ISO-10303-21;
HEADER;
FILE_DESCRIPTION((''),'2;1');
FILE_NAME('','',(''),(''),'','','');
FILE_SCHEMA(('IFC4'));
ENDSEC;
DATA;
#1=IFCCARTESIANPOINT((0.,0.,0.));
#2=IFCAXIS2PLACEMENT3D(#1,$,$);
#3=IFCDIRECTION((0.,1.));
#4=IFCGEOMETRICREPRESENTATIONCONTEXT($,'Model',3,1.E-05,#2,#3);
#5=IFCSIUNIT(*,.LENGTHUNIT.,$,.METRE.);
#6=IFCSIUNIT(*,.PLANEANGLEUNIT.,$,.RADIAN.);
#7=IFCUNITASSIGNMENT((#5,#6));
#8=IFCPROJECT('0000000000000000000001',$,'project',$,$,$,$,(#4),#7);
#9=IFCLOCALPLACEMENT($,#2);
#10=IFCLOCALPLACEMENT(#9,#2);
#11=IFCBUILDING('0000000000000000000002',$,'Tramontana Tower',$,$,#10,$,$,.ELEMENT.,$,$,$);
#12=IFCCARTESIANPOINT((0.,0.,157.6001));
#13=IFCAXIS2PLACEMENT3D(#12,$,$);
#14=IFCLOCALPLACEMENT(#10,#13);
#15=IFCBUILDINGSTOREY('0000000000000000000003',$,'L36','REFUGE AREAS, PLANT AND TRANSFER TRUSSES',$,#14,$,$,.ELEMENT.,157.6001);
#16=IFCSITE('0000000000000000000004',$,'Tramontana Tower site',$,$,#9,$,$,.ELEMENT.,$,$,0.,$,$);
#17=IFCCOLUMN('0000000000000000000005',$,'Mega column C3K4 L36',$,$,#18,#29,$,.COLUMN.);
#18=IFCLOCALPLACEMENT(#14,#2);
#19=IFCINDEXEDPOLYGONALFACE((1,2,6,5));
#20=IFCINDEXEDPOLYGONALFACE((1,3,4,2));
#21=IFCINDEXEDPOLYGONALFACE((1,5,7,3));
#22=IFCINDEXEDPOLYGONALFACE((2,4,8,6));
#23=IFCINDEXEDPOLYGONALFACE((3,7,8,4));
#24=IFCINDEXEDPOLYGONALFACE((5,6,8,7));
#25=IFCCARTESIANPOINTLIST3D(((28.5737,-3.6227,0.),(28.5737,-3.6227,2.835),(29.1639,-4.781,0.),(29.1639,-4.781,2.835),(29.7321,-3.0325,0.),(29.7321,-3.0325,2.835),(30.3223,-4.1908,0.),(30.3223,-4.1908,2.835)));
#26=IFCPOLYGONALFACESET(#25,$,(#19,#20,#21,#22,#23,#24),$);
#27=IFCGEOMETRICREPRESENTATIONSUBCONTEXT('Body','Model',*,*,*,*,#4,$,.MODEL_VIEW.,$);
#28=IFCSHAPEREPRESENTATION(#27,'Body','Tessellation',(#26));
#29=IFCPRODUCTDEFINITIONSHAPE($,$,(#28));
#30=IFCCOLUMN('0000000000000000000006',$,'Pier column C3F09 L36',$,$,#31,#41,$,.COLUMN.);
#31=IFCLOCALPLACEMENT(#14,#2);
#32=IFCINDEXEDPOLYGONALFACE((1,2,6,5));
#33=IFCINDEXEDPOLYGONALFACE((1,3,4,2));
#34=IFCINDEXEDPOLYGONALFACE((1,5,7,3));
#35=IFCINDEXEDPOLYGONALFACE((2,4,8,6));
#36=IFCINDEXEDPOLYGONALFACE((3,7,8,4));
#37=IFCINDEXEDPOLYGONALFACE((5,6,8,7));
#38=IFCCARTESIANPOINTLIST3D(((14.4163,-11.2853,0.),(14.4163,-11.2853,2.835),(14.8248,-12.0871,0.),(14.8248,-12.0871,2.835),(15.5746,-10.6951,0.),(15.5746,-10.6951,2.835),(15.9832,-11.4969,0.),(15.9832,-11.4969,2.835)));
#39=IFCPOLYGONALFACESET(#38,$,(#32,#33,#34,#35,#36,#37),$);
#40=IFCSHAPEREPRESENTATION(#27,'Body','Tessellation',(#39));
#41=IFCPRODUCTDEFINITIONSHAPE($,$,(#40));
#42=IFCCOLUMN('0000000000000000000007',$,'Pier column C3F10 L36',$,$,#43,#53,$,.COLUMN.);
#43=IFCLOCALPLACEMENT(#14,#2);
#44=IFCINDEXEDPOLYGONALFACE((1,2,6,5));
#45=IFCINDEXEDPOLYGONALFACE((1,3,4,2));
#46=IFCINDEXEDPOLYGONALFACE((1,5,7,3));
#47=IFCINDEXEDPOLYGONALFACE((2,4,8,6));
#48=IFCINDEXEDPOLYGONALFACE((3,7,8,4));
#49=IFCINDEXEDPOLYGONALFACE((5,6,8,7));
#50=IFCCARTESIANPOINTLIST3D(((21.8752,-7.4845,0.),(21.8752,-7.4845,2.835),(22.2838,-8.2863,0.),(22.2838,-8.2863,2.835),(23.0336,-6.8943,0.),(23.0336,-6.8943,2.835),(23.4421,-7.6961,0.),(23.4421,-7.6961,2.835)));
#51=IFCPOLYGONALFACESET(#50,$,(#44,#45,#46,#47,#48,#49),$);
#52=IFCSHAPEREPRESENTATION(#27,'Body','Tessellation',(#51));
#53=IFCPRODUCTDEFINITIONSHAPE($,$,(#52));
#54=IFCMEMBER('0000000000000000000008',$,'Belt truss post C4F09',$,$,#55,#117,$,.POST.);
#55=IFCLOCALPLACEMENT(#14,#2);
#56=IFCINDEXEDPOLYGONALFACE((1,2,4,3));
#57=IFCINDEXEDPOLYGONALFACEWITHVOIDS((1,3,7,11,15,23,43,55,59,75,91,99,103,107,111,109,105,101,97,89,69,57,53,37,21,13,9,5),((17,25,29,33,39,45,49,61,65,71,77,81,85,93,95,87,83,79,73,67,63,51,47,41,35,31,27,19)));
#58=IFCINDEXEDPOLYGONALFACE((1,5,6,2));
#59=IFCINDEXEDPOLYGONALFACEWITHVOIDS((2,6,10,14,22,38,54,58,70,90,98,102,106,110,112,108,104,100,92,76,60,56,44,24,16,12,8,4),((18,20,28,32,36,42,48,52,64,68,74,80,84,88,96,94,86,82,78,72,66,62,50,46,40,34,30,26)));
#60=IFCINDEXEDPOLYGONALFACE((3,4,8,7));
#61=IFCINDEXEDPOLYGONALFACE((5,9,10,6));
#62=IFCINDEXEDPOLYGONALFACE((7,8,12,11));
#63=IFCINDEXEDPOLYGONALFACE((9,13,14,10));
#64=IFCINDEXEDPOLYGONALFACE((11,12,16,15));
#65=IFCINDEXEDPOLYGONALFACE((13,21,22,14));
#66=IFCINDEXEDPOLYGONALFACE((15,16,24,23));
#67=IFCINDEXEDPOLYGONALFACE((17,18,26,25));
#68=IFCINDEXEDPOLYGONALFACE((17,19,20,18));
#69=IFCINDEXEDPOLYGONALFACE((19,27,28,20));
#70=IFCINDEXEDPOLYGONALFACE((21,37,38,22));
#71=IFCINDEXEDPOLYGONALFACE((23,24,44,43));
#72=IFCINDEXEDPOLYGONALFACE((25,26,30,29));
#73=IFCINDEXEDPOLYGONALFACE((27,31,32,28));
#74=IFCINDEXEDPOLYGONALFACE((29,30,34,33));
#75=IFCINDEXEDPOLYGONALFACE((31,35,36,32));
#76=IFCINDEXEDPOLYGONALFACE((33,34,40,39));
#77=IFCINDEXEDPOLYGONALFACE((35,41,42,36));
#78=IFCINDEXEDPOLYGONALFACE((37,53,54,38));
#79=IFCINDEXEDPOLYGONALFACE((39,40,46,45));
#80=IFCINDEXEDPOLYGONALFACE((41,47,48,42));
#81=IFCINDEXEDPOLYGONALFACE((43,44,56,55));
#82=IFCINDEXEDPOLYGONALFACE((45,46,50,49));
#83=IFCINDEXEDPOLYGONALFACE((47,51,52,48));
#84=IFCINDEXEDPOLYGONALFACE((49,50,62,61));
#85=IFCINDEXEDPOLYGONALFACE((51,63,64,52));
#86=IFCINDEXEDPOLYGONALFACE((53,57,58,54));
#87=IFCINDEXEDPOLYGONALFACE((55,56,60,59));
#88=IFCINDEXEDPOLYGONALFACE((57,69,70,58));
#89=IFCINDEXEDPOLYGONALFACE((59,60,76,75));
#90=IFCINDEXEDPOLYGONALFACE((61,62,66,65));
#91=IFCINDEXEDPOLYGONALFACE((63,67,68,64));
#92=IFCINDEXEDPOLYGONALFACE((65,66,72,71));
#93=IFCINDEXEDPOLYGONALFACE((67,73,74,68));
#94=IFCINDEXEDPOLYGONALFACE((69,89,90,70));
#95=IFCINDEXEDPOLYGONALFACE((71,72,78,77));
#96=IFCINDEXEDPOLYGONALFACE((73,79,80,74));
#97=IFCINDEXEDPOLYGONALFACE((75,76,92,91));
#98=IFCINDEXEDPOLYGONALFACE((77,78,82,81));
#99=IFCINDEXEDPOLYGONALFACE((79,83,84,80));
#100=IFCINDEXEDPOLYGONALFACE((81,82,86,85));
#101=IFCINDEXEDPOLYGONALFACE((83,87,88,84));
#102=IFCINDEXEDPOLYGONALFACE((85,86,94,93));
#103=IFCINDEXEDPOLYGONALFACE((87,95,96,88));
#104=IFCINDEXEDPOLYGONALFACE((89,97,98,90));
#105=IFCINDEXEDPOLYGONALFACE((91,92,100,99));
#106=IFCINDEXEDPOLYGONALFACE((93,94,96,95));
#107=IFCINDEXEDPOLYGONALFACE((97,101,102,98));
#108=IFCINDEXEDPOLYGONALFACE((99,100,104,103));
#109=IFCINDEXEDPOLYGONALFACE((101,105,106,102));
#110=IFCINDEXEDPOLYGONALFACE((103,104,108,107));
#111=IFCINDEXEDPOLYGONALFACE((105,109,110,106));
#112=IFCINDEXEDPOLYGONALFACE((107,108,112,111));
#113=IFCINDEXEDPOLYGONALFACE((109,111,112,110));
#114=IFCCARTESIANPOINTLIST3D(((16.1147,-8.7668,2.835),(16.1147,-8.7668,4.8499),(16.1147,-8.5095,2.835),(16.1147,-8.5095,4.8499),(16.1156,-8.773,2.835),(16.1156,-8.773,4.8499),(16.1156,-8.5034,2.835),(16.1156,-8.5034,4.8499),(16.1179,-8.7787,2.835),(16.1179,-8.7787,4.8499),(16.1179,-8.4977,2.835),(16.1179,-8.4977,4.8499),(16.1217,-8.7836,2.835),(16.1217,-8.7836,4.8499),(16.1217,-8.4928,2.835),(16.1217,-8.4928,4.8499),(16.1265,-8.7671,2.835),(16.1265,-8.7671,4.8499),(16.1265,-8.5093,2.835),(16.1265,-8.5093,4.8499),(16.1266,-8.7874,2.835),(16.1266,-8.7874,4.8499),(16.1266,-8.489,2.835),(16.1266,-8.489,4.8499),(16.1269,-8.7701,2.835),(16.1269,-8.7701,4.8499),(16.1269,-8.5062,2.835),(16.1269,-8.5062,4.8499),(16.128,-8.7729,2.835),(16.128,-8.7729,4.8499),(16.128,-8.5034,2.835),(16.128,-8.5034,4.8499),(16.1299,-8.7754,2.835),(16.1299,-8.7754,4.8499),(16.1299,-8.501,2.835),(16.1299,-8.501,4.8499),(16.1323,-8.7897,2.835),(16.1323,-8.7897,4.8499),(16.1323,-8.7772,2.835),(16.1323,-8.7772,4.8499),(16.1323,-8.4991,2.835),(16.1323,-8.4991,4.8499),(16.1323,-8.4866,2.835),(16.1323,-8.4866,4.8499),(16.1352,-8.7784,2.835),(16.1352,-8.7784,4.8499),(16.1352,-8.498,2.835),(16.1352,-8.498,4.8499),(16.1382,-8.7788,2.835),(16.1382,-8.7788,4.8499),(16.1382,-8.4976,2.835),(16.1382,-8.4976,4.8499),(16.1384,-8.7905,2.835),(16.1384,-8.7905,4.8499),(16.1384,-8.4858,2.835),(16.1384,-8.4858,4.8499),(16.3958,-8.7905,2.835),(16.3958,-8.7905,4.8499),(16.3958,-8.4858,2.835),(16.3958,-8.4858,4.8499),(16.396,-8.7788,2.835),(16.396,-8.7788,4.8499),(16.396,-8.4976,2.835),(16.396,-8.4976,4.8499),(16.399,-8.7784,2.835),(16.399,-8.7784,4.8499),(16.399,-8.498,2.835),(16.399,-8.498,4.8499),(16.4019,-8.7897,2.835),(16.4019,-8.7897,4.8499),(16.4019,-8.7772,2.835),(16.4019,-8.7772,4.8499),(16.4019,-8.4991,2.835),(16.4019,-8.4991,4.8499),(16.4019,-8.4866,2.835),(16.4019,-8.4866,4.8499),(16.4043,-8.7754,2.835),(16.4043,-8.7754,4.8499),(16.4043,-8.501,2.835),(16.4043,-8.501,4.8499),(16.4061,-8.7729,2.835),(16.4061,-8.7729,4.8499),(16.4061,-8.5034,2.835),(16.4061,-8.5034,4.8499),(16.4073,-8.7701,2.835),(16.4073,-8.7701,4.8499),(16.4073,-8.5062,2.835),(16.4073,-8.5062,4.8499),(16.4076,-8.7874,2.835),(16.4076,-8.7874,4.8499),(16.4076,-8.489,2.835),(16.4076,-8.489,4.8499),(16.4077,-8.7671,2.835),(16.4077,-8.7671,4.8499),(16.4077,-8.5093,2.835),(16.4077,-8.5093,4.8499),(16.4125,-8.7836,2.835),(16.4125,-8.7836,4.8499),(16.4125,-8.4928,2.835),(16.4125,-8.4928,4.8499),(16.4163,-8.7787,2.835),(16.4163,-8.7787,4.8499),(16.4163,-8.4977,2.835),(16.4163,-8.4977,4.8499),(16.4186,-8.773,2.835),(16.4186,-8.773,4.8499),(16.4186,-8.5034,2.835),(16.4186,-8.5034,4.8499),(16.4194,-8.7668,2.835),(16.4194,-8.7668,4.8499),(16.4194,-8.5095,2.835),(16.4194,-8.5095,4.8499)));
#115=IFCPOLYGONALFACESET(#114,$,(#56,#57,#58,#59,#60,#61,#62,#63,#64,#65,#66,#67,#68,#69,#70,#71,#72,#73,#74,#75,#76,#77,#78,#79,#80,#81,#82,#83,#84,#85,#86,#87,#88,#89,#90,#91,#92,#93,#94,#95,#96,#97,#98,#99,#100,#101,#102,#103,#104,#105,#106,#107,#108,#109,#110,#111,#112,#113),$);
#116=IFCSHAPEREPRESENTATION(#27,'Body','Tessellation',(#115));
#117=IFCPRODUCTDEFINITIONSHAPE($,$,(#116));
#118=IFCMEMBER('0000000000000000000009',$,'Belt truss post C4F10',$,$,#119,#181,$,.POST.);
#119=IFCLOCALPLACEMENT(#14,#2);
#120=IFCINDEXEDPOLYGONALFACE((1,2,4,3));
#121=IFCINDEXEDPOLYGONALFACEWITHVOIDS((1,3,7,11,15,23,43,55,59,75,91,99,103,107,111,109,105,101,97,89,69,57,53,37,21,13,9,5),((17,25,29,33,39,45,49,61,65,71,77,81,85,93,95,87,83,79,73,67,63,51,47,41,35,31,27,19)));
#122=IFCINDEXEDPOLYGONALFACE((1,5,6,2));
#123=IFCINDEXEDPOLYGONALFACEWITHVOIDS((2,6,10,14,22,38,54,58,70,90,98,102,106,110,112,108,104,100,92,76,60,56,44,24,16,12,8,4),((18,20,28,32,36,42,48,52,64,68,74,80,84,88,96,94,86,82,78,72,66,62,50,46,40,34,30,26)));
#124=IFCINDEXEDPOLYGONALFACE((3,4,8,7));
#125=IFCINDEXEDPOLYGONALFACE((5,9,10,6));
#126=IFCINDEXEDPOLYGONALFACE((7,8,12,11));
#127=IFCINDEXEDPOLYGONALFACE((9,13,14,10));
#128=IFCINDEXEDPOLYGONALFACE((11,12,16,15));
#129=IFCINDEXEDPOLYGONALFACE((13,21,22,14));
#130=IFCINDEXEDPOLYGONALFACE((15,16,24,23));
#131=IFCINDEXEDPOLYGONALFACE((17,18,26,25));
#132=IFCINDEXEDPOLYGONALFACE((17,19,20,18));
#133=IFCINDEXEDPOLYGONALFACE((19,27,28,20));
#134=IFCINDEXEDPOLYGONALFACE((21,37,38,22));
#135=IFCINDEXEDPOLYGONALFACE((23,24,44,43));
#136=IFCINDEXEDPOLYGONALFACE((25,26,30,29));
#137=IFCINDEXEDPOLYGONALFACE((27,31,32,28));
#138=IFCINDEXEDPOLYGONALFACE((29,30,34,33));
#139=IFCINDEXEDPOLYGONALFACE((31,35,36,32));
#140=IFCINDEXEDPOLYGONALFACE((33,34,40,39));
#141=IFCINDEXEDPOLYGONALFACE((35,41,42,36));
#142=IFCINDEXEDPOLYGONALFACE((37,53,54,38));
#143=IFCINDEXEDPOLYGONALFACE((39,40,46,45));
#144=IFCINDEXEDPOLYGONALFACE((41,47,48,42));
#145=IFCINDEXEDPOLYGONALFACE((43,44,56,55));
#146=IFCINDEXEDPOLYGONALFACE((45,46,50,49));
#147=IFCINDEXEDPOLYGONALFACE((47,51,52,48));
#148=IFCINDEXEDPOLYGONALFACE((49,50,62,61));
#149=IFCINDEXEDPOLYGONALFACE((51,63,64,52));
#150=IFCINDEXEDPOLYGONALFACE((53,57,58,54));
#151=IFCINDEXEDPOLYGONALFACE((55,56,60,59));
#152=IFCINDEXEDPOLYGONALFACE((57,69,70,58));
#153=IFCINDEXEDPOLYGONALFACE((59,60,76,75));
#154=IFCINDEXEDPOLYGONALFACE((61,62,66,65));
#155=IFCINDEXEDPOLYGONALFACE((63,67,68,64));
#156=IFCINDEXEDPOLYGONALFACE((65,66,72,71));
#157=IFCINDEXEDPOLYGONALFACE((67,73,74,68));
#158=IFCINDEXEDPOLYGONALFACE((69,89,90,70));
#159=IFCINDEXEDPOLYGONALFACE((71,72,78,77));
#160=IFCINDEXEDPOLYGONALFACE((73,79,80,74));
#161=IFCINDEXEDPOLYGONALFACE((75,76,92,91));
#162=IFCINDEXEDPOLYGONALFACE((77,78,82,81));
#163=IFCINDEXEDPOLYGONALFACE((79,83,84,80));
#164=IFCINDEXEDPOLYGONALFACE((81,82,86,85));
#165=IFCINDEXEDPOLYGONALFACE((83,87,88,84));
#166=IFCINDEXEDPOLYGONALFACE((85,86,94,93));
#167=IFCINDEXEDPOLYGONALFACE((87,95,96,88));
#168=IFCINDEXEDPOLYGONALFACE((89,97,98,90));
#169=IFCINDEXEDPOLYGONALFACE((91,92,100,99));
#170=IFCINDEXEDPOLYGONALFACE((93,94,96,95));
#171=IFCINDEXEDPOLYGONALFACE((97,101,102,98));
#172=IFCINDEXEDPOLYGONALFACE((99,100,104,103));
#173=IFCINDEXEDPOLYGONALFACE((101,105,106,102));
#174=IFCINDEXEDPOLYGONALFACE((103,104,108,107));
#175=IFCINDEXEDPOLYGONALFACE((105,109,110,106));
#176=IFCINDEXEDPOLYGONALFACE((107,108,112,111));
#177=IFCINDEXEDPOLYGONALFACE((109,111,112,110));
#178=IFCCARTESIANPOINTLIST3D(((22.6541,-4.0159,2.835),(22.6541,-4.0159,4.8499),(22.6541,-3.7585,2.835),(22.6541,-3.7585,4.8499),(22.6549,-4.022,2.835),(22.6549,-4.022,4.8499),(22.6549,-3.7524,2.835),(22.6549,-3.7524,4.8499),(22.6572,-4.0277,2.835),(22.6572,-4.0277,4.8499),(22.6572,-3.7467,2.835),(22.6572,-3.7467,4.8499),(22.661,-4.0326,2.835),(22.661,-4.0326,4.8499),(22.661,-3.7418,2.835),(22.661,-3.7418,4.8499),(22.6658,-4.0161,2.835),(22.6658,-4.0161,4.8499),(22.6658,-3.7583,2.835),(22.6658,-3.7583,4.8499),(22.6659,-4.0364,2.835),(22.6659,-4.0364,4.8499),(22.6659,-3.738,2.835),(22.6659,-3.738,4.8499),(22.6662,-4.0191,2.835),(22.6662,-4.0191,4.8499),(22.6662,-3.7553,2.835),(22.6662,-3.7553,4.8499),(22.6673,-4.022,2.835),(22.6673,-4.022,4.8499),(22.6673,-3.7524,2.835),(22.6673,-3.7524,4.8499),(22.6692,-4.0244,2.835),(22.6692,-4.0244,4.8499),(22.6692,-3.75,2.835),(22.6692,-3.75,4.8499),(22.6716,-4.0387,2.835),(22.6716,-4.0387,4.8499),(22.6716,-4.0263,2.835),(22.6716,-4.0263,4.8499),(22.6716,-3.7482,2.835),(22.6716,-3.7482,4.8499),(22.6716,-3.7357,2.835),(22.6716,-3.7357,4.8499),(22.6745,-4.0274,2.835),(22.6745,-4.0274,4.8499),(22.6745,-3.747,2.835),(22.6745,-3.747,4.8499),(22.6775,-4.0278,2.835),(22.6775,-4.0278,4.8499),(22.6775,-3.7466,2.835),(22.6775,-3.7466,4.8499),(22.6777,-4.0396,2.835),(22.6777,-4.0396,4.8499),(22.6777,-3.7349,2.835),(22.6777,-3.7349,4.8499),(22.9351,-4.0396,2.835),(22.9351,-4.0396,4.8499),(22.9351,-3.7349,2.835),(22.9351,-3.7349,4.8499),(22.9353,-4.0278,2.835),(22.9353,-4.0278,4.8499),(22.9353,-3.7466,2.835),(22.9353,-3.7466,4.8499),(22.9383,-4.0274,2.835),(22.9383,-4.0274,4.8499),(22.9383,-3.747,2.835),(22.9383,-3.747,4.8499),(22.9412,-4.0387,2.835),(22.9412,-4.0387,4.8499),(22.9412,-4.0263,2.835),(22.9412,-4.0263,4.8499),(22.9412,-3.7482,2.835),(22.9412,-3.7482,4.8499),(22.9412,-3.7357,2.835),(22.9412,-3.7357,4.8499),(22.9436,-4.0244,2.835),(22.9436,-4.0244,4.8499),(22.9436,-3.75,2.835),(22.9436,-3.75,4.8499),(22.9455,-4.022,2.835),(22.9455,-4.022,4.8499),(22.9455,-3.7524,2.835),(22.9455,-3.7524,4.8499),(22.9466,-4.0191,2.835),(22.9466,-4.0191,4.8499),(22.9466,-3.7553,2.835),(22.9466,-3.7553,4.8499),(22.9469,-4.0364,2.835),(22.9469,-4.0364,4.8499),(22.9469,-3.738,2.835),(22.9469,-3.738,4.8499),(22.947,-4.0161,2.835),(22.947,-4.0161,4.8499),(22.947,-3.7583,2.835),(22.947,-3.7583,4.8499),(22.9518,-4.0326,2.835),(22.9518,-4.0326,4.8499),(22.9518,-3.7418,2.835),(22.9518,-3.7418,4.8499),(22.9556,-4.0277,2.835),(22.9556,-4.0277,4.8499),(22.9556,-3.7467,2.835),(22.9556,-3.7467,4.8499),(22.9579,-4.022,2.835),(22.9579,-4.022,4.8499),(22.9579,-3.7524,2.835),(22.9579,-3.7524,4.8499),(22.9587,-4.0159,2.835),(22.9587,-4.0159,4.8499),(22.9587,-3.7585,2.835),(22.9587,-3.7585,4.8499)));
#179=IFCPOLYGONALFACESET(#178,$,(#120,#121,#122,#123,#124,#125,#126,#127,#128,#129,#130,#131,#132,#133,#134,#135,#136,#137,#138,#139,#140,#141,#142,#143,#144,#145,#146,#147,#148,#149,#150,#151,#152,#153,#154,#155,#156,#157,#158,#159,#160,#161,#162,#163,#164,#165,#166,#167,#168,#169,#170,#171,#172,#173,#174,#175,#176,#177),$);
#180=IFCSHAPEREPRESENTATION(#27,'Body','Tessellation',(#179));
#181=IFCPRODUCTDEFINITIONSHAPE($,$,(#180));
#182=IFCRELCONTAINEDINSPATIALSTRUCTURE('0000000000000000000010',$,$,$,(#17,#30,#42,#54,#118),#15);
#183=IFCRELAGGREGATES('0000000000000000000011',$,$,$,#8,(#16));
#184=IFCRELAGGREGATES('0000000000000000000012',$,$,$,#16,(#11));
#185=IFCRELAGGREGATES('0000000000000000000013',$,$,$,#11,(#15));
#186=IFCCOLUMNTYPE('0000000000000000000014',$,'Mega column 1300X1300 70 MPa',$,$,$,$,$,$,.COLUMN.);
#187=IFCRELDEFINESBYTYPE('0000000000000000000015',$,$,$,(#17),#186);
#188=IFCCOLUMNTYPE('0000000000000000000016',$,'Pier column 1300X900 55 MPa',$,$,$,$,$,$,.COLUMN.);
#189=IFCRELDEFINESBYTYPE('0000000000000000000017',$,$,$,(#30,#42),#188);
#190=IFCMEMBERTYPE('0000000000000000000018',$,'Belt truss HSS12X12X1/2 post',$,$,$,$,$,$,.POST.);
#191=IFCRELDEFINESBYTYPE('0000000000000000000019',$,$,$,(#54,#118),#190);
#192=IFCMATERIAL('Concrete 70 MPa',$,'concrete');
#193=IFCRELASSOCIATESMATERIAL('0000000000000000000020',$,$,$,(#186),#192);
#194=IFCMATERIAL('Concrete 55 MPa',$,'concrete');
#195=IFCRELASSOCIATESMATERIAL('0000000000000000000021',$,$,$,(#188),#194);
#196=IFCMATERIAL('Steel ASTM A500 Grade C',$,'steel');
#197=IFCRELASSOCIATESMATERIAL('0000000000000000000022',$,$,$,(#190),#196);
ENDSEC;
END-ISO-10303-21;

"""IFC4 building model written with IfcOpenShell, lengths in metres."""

from ifc_helpers import new_model, si_unit, direction, frame, origin, origin_2d, place, context, subcontext, project, spatial, rectangle, hollow_rectangle, extrude, material, material_profile, profile_set, type_object, element, save


model = new_model("IFC4")

# Units and contexts
model_context = context("Model", 3, precision=1e-05, world=origin(), true_north=direction((0.0, 1.0)))
body_context = subcontext(model_context, "Body", "Model", "MODEL_VIEW")
ifc_project = project(units=[si_unit("LENGTHUNIT", "METRE"), si_unit("PLANEANGLEUNIT", "RADIAN")], contexts=[model_context])

# Site, building, storey
site_placement = place(None, origin())
site = spatial("IfcSite", under=ifc_project, at=site_placement, Name="Tramontana Tower site", CompositionType="ELEMENT", RefElevation=0.0)
building_placement = place(site_placement, origin())
building = spatial("IfcBuilding", under=site, at=building_placement, Name="Tramontana Tower", CompositionType="ELEMENT")
storey_placement = place(building_placement, frame((0.0, 0.0, 157.6001)))
storey = spatial("IfcBuildingStorey", under=building, at=storey_placement, Name="L36", Description="REFUGE AREAS, PLANT AND TRANSFER TRUSSES", CompositionType="ELEMENT", Elevation=157.6001)

# Columns
ifc_material_1 = material(Name="Concrete 70 MPa", Category="concrete")
ifc_material_profile_1 = material_profile(ifc_material_1, rectangle(XDim=1.3, YDim=1.3, at=origin_2d()), Name="Mega column 1300X1300 70 MPa")
ifc_profile_set_1 = profile_set([ifc_material_profile_1], Name="Concrete 70 MPa")
column_type_1 = type_object("IfcColumnType", Name="Mega column 1300X1300 70 MPa", PredefinedType="COLUMN", material=ifc_profile_set_1)
column_placement = place(storey_placement, frame((29.448, -3.9067, 0.0), z_axis=(0.0, 0.0, 1.0), x_axis=(0.891007, 0.45399, 0.0)))
element("IfcColumn", 1, at=column_placement, inside=storey, type_object=column_type_1, Name="Mega column C3K4 L36", PredefinedType="COLUMN", context=body_context, shape_type="SweptSolid", body=[
    extrude(rectangle(XDim=1.3, YDim=1.3, at=origin_2d()), origin(), (0.0, 0.0, 1.0), 2.835),
])
ifc_material_2 = material(Name="Concrete 55 MPa", Category="concrete")
ifc_material_profile_2 = material_profile(ifc_material_2, rectangle(XDim=1.3, YDim=0.8999, at=origin_2d()), Name="Pier column 1300X900 55 MPa")
ifc_profile_set_2 = profile_set([ifc_material_profile_2], Name="Concrete 55 MPa")
column_type_2 = type_object("IfcColumnType", Name="Pier column 1300X900 55 MPa", PredefinedType="COLUMN", material=ifc_profile_set_2)
for number, where, z_axis, x_axis, name in (
    (2, (15.1997, -11.3911, 0.0), (0.0, 0.0, 1.0), (0.891007, 0.45399, 0.0), "Pier column C3F09 L36"),
    (3, (22.6587, -7.5903, 0.0), (0.0, 0.0, 1.0), (0.891007, 0.45399, 0.0), "Pier column C3F10 L36"),
):
    element("IfcColumn", number, at=place(storey_placement, frame(where, z_axis=z_axis, x_axis=x_axis)), inside=storey, type_object=column_type_2, Name=name, PredefinedType="COLUMN", context=body_context, shape_type="SweptSolid", body=[
        extrude(rectangle(XDim=1.3, YDim=0.8999, at=origin_2d()), origin(), (0.0, 0.0, 1.0), 2.835),
    ])

# Members
ifc_material_3 = material(Name="Steel ASTM A500 Grade C", Category="steel")
ifc_material_profile_3 = material_profile(ifc_material_3, hollow_rectangle(XDim=0.3047, YDim=0.3047, WallThickness=0.0117, InnerFilletRadius=0.0117, OuterFilletRadius=0.0237, at=origin_2d()), Name="HSS12X12X1/2")
ifc_profile_set_3 = profile_set([ifc_material_profile_3], Name="Steel ASTM A500 Grade C")
member_type_1 = type_object("IfcMemberType", Name="Belt truss HSS12X12X1/2 post", PredefinedType="POST", material=ifc_profile_set_3)
for number, where, z_axis, x_axis, name in (
    (4, (16.2671, -8.6382, 2.835), (0.0, 0.0, 1.0), (1.0, 0.0, 0.0), "Belt truss post C4F09"),
    (5, (22.8064, -3.8872, 2.835), (0.0, 0.0, 1.0), (1.0, 0.0, 0.0), "Belt truss post C4F10"),
):
    element("IfcMember", number, at=place(storey_placement, frame(where, z_axis=z_axis, x_axis=x_axis)), inside=storey, type_object=member_type_1, Name=name, PredefinedType="POST", context=body_context, shape_type="SweptSolid", body=[
        extrude(hollow_rectangle(XDim=0.3047, YDim=0.3047, WallThickness=0.0117, InnerFilletRadius=0.0117, OuterFilletRadius=0.0237, at=origin_2d()), origin(), (0.0, 0.0, 1.0), 2.0149),
    ])

save(model, "model.ifc")
